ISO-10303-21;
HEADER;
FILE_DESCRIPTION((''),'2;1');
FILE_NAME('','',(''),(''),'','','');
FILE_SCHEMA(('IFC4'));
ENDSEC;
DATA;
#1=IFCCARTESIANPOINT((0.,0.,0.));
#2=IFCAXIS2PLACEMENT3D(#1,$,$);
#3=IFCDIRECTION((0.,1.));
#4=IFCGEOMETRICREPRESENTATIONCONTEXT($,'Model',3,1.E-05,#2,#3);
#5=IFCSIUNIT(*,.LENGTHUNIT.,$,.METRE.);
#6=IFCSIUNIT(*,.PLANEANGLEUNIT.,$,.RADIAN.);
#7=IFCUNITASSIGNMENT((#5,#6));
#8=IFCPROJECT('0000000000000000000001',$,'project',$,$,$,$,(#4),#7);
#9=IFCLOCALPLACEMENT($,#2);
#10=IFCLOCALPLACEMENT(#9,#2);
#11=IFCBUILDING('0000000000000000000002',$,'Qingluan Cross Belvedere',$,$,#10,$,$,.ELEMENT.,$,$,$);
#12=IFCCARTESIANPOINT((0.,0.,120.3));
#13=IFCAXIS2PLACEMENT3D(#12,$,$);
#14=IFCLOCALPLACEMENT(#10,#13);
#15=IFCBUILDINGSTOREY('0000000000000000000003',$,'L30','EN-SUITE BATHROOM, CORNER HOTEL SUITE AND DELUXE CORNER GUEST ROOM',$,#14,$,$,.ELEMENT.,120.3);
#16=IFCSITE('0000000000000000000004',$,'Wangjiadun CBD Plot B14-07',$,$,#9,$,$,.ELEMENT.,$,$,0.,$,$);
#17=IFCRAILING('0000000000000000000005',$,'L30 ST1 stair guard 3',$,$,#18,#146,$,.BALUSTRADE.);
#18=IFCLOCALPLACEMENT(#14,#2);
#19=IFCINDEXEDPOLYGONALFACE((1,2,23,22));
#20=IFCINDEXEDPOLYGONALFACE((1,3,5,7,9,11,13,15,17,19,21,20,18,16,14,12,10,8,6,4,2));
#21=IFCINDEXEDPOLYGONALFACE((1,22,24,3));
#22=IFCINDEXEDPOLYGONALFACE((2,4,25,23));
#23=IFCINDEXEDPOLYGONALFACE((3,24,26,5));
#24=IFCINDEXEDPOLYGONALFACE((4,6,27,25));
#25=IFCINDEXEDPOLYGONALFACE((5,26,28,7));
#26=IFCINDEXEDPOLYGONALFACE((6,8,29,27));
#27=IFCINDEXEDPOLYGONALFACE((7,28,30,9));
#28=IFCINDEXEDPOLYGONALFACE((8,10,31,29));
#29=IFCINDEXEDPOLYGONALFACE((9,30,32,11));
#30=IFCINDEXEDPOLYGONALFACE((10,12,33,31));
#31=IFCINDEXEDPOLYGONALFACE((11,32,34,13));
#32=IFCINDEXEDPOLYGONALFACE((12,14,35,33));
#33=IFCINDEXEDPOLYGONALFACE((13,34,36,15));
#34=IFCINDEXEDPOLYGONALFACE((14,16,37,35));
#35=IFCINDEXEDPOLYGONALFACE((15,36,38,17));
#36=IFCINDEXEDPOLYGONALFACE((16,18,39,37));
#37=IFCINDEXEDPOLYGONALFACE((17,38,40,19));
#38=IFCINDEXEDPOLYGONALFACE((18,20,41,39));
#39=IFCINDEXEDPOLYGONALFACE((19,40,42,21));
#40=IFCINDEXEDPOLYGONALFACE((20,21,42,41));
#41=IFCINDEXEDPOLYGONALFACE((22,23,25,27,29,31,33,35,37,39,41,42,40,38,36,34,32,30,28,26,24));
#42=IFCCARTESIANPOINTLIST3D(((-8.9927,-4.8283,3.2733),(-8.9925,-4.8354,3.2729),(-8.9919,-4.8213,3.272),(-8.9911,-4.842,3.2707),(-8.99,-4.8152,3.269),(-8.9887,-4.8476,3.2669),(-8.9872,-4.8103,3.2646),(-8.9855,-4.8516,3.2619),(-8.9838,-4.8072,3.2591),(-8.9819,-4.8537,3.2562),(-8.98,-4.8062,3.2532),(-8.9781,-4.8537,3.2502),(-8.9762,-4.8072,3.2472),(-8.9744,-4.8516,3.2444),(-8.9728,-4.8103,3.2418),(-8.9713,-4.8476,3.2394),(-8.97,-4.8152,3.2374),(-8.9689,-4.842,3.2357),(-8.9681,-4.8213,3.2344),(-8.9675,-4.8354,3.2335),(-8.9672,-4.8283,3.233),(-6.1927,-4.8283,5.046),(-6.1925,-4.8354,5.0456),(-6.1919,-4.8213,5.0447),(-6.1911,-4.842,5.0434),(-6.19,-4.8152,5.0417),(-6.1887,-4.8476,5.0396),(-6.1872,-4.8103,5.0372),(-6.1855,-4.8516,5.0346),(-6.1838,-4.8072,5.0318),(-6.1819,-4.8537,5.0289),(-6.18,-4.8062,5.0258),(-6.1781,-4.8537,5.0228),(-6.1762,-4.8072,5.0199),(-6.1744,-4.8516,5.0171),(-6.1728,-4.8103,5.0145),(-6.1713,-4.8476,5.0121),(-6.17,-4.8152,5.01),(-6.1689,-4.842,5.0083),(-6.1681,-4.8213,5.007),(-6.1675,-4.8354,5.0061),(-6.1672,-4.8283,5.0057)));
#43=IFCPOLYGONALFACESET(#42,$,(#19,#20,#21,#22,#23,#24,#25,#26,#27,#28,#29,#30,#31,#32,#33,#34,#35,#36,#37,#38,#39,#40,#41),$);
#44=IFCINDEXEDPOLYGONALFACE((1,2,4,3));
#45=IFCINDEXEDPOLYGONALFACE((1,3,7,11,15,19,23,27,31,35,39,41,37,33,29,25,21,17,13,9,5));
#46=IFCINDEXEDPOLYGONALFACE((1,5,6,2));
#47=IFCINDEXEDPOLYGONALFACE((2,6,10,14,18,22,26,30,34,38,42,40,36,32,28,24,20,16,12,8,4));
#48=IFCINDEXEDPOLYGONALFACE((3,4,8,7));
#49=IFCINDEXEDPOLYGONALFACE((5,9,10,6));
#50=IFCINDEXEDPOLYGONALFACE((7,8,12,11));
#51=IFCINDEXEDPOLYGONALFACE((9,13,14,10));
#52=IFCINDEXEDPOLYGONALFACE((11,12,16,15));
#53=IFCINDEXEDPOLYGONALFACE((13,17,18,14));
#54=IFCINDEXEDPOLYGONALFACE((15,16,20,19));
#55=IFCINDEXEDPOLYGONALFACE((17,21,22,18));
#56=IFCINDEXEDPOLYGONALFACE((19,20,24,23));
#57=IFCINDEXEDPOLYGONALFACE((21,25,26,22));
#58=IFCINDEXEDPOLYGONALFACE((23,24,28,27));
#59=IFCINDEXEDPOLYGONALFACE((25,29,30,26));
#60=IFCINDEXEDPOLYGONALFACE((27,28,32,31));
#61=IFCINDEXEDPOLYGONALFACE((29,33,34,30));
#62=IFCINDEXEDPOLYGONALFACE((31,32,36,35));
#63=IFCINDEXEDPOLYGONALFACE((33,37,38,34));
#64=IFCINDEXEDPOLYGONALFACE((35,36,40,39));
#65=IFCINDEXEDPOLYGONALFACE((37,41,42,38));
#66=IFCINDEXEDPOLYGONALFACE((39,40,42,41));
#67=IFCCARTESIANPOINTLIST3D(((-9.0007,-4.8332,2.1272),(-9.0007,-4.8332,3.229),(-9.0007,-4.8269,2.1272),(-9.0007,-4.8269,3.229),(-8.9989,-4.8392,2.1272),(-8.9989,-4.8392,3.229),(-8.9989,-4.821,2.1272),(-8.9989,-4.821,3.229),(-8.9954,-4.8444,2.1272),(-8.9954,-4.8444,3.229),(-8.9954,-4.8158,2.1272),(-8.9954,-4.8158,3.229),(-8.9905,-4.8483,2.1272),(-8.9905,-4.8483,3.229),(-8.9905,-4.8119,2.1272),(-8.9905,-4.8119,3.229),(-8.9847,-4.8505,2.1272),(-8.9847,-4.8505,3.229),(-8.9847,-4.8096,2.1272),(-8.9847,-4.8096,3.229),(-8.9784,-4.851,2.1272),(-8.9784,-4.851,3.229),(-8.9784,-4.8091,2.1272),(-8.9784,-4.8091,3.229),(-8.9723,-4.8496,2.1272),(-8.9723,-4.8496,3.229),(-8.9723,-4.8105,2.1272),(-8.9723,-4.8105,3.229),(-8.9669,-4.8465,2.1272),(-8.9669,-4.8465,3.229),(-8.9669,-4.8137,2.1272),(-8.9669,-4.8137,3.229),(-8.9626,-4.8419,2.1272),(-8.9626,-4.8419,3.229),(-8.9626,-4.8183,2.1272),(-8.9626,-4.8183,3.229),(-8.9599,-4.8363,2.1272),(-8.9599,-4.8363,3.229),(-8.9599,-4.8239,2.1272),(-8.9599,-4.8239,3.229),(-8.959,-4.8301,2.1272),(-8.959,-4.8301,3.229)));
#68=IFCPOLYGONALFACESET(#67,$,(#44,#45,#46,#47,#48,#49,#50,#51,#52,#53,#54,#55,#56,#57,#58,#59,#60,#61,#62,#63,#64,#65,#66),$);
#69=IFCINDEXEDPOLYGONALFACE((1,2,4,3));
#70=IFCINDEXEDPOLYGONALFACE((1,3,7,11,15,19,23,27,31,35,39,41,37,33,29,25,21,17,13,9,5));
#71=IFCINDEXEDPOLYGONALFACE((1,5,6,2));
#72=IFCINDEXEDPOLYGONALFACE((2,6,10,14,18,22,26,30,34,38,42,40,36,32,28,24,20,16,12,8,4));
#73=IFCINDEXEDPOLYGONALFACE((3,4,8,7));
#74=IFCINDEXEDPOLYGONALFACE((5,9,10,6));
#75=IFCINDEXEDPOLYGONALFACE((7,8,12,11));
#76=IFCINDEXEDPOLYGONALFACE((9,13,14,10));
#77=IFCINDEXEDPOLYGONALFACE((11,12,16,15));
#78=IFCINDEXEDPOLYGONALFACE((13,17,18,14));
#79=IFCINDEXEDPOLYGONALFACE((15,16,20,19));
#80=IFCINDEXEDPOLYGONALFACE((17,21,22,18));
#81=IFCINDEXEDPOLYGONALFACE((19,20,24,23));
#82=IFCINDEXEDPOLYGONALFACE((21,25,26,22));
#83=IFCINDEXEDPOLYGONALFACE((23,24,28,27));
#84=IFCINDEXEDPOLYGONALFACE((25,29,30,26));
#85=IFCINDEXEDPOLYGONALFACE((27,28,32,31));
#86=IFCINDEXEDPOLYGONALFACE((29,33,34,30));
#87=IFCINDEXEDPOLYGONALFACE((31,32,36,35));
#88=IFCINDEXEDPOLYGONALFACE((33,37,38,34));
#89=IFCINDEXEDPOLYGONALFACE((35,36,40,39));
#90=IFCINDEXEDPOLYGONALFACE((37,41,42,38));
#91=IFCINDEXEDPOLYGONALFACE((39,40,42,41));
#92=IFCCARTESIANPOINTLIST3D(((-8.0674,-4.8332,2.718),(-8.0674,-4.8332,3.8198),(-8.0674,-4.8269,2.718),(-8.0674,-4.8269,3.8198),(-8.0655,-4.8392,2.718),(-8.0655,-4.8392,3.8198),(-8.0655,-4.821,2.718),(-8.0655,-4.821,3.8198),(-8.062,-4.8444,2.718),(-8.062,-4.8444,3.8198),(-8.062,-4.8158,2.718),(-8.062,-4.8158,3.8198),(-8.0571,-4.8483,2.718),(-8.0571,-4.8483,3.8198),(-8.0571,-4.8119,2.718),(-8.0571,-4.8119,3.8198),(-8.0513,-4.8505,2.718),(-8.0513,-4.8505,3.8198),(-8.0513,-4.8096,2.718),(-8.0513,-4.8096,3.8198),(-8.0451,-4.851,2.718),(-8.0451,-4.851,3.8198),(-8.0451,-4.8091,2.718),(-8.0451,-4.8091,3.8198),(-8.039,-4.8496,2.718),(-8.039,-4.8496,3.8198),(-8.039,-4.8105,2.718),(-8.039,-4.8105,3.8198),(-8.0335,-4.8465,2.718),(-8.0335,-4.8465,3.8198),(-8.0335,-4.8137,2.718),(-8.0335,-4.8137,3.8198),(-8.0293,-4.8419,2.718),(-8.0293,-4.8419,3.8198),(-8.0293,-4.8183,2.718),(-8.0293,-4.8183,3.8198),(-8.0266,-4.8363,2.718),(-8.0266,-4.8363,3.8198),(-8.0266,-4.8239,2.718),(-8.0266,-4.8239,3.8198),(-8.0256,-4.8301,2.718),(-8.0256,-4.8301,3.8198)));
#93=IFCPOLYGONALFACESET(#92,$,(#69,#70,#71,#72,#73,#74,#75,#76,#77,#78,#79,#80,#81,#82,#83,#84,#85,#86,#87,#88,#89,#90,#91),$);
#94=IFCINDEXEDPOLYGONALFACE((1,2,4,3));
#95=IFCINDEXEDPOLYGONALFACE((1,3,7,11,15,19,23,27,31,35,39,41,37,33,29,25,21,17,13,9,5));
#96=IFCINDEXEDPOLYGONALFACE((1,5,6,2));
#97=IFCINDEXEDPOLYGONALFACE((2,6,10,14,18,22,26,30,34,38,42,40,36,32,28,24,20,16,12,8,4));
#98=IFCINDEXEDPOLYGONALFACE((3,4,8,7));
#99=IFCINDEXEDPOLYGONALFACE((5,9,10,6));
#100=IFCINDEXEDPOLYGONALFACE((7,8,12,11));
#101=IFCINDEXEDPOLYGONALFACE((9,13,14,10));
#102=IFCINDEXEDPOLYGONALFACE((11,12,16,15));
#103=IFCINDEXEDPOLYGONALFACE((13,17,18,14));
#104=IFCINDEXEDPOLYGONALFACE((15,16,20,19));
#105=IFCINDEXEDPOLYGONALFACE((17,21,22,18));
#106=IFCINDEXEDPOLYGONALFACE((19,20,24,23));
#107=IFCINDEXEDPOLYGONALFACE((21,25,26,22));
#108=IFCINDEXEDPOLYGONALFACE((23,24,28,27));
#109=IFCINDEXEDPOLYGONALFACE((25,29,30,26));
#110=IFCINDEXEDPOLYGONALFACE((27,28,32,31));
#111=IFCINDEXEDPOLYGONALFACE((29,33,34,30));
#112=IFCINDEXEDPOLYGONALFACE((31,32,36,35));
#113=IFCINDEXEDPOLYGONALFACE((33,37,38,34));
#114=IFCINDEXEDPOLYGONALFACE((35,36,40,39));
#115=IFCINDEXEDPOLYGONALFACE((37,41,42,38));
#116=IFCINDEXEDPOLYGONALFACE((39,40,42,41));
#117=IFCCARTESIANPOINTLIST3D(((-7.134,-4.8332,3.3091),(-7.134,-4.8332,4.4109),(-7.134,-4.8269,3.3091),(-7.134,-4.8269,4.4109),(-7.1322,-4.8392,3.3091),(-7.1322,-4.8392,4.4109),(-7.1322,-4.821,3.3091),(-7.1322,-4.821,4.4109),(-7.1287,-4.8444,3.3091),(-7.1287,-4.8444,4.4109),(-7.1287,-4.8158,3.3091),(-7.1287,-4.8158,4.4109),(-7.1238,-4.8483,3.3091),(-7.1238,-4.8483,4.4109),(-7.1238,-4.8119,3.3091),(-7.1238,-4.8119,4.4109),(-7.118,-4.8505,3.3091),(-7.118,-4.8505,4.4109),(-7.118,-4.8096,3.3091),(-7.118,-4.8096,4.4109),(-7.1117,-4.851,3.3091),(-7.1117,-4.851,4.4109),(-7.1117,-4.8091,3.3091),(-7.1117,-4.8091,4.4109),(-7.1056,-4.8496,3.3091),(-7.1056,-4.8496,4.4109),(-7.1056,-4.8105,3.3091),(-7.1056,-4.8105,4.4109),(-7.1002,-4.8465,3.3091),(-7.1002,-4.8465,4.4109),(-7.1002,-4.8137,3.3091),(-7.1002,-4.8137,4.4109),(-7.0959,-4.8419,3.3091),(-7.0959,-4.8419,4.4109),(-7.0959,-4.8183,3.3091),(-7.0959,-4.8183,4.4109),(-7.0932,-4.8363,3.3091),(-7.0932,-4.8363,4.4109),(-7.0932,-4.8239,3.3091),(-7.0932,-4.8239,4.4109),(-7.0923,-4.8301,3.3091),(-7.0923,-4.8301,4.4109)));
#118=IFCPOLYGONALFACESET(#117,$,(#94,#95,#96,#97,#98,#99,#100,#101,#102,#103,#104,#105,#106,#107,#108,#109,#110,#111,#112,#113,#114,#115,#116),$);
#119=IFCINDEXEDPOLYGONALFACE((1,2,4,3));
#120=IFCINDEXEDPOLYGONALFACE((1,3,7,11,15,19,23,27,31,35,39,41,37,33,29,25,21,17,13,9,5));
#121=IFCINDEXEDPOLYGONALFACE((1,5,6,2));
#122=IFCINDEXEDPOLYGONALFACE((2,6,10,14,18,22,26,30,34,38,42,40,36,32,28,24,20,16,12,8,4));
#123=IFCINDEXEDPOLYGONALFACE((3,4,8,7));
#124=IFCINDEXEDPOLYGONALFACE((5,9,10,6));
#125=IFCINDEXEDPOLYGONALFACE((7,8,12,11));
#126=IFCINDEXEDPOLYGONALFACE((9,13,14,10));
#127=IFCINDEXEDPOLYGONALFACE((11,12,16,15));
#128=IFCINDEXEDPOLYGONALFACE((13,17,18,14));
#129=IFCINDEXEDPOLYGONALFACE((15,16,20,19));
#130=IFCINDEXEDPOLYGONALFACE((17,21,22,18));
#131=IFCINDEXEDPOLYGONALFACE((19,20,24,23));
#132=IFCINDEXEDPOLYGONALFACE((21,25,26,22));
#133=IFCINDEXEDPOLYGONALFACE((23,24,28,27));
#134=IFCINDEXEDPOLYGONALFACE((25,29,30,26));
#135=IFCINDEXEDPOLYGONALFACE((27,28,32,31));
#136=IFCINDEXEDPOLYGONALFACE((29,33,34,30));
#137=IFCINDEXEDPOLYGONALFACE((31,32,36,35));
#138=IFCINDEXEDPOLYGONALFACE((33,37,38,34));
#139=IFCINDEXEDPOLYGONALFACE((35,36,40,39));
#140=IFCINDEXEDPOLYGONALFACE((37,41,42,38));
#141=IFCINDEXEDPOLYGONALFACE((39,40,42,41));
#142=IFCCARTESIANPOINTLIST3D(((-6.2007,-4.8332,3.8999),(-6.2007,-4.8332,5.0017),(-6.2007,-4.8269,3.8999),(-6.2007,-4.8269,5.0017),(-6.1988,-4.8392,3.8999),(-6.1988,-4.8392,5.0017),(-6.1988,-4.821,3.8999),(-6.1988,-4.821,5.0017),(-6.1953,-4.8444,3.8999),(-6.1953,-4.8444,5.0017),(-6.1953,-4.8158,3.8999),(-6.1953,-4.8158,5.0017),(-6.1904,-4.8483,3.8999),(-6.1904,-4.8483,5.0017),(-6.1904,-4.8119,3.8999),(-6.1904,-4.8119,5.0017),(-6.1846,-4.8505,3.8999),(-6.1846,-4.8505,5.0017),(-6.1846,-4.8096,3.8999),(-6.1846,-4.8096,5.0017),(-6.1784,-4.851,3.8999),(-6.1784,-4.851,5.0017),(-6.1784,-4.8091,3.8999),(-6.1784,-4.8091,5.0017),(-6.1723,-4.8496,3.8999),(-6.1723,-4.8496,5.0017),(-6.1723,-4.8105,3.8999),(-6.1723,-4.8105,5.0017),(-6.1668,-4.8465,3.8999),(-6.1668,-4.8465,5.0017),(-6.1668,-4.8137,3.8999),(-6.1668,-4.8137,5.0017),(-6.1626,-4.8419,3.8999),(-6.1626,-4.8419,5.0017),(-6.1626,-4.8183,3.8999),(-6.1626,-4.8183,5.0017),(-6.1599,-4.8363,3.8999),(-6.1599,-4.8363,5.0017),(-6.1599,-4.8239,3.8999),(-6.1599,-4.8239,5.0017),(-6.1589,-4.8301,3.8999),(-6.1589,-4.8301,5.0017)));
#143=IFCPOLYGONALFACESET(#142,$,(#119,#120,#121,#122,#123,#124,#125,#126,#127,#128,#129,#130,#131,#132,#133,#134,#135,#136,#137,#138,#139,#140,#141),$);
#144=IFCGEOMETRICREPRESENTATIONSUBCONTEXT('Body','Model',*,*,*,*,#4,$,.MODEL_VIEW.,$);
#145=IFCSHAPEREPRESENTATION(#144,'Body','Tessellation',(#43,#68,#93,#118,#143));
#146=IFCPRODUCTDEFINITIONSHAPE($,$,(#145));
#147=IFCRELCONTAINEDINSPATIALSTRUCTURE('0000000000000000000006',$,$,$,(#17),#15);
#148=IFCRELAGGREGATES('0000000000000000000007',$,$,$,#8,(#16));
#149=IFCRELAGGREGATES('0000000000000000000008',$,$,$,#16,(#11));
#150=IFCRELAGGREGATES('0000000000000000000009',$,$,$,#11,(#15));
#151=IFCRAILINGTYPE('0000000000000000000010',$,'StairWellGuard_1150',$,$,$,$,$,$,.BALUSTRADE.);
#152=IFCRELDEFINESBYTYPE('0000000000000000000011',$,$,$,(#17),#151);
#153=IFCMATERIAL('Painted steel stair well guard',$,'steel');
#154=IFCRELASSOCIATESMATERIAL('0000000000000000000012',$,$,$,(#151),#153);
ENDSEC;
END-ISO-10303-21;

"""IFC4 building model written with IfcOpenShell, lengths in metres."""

from ifc_helpers import new_model, si_unit, direction, frame, origin, origin_2d, place, context, subcontext, project, spatial, circle, extrude, material, type_object, element, save


model = new_model("IFC4")

# Units and contexts
model_context = context("Model", 3, precision=1e-05, world=origin(), true_north=direction((0.0, 1.0)))
body_context = subcontext(model_context, "Body", "Model", "MODEL_VIEW")
ifc_project = project(units=[si_unit("LENGTHUNIT", "METRE"), si_unit("PLANEANGLEUNIT", "RADIAN")], contexts=[model_context])

# Site, building, storey
site_placement = place(None, origin())
site = spatial("IfcSite", under=ifc_project, at=site_placement, Name="Wangjiadun CBD Plot B14-07", CompositionType="ELEMENT", RefElevation=0.0)
building_placement = place(site_placement, origin())
building = spatial("IfcBuilding", under=site, at=building_placement, Name="Qingluan Cross Belvedere", CompositionType="ELEMENT")
storey_placement = place(building_placement, frame((0.0, 0.0, 120.3)))
storey = spatial("IfcBuildingStorey", under=building, at=storey_placement, Name="L30", Description="EN-SUITE BATHROOM, CORNER HOTEL SUITE AND DELUXE CORNER GUEST ROOM", CompositionType="ELEMENT", Elevation=120.3)

# Railing
ifc_material_1 = material(Name="Painted steel stair well guard", Category="steel")
railing_type_1 = type_object("IfcRailingType", Name="StairWellGuard_1150", PredefinedType="BALUSTRADE", material=ifc_material_1)
railing_1_placement = place(storey_placement, frame((-8.98, -4.8301, 2.1272)))
element("IfcRailing", 1, at=railing_1_placement, inside=storey, type_object=railing_type_1, Name="L30 ST1 stair guard 3", PredefinedType="BALUSTRADE", context=body_context, shape_type="SweptSolid", body=[
    extrude(circle(Radius=0.0239, at=origin_2d()), frame((0.0, 0.0, 1.126), z_axis=(0.844909, 0.0, 0.53491), x_axis=(0.0, 1.0, 0.0)), (0.0, 0.0, 1.0), 3.314),
    extrude(circle(Radius=0.021, at=origin_2d()), origin(), (0.0, 0.0, 1.0), 1.1018),
    extrude(circle(Radius=0.021, at=origin_2d()), frame((0.9333, 0.0, 0.5908)), (0.0, 0.0, 1.0), 1.1018),
    extrude(circle(Radius=0.021, at=origin_2d()), frame((1.8667, 0.0, 1.1819)), (0.0, 0.0, 1.0), 1.1018),
    extrude(circle(Radius=0.021, at=origin_2d()), frame((2.8, 0.0, 1.7727)), (0.0, 0.0, 1.0), 1.1018),
])

save(model, "model.ifc")
